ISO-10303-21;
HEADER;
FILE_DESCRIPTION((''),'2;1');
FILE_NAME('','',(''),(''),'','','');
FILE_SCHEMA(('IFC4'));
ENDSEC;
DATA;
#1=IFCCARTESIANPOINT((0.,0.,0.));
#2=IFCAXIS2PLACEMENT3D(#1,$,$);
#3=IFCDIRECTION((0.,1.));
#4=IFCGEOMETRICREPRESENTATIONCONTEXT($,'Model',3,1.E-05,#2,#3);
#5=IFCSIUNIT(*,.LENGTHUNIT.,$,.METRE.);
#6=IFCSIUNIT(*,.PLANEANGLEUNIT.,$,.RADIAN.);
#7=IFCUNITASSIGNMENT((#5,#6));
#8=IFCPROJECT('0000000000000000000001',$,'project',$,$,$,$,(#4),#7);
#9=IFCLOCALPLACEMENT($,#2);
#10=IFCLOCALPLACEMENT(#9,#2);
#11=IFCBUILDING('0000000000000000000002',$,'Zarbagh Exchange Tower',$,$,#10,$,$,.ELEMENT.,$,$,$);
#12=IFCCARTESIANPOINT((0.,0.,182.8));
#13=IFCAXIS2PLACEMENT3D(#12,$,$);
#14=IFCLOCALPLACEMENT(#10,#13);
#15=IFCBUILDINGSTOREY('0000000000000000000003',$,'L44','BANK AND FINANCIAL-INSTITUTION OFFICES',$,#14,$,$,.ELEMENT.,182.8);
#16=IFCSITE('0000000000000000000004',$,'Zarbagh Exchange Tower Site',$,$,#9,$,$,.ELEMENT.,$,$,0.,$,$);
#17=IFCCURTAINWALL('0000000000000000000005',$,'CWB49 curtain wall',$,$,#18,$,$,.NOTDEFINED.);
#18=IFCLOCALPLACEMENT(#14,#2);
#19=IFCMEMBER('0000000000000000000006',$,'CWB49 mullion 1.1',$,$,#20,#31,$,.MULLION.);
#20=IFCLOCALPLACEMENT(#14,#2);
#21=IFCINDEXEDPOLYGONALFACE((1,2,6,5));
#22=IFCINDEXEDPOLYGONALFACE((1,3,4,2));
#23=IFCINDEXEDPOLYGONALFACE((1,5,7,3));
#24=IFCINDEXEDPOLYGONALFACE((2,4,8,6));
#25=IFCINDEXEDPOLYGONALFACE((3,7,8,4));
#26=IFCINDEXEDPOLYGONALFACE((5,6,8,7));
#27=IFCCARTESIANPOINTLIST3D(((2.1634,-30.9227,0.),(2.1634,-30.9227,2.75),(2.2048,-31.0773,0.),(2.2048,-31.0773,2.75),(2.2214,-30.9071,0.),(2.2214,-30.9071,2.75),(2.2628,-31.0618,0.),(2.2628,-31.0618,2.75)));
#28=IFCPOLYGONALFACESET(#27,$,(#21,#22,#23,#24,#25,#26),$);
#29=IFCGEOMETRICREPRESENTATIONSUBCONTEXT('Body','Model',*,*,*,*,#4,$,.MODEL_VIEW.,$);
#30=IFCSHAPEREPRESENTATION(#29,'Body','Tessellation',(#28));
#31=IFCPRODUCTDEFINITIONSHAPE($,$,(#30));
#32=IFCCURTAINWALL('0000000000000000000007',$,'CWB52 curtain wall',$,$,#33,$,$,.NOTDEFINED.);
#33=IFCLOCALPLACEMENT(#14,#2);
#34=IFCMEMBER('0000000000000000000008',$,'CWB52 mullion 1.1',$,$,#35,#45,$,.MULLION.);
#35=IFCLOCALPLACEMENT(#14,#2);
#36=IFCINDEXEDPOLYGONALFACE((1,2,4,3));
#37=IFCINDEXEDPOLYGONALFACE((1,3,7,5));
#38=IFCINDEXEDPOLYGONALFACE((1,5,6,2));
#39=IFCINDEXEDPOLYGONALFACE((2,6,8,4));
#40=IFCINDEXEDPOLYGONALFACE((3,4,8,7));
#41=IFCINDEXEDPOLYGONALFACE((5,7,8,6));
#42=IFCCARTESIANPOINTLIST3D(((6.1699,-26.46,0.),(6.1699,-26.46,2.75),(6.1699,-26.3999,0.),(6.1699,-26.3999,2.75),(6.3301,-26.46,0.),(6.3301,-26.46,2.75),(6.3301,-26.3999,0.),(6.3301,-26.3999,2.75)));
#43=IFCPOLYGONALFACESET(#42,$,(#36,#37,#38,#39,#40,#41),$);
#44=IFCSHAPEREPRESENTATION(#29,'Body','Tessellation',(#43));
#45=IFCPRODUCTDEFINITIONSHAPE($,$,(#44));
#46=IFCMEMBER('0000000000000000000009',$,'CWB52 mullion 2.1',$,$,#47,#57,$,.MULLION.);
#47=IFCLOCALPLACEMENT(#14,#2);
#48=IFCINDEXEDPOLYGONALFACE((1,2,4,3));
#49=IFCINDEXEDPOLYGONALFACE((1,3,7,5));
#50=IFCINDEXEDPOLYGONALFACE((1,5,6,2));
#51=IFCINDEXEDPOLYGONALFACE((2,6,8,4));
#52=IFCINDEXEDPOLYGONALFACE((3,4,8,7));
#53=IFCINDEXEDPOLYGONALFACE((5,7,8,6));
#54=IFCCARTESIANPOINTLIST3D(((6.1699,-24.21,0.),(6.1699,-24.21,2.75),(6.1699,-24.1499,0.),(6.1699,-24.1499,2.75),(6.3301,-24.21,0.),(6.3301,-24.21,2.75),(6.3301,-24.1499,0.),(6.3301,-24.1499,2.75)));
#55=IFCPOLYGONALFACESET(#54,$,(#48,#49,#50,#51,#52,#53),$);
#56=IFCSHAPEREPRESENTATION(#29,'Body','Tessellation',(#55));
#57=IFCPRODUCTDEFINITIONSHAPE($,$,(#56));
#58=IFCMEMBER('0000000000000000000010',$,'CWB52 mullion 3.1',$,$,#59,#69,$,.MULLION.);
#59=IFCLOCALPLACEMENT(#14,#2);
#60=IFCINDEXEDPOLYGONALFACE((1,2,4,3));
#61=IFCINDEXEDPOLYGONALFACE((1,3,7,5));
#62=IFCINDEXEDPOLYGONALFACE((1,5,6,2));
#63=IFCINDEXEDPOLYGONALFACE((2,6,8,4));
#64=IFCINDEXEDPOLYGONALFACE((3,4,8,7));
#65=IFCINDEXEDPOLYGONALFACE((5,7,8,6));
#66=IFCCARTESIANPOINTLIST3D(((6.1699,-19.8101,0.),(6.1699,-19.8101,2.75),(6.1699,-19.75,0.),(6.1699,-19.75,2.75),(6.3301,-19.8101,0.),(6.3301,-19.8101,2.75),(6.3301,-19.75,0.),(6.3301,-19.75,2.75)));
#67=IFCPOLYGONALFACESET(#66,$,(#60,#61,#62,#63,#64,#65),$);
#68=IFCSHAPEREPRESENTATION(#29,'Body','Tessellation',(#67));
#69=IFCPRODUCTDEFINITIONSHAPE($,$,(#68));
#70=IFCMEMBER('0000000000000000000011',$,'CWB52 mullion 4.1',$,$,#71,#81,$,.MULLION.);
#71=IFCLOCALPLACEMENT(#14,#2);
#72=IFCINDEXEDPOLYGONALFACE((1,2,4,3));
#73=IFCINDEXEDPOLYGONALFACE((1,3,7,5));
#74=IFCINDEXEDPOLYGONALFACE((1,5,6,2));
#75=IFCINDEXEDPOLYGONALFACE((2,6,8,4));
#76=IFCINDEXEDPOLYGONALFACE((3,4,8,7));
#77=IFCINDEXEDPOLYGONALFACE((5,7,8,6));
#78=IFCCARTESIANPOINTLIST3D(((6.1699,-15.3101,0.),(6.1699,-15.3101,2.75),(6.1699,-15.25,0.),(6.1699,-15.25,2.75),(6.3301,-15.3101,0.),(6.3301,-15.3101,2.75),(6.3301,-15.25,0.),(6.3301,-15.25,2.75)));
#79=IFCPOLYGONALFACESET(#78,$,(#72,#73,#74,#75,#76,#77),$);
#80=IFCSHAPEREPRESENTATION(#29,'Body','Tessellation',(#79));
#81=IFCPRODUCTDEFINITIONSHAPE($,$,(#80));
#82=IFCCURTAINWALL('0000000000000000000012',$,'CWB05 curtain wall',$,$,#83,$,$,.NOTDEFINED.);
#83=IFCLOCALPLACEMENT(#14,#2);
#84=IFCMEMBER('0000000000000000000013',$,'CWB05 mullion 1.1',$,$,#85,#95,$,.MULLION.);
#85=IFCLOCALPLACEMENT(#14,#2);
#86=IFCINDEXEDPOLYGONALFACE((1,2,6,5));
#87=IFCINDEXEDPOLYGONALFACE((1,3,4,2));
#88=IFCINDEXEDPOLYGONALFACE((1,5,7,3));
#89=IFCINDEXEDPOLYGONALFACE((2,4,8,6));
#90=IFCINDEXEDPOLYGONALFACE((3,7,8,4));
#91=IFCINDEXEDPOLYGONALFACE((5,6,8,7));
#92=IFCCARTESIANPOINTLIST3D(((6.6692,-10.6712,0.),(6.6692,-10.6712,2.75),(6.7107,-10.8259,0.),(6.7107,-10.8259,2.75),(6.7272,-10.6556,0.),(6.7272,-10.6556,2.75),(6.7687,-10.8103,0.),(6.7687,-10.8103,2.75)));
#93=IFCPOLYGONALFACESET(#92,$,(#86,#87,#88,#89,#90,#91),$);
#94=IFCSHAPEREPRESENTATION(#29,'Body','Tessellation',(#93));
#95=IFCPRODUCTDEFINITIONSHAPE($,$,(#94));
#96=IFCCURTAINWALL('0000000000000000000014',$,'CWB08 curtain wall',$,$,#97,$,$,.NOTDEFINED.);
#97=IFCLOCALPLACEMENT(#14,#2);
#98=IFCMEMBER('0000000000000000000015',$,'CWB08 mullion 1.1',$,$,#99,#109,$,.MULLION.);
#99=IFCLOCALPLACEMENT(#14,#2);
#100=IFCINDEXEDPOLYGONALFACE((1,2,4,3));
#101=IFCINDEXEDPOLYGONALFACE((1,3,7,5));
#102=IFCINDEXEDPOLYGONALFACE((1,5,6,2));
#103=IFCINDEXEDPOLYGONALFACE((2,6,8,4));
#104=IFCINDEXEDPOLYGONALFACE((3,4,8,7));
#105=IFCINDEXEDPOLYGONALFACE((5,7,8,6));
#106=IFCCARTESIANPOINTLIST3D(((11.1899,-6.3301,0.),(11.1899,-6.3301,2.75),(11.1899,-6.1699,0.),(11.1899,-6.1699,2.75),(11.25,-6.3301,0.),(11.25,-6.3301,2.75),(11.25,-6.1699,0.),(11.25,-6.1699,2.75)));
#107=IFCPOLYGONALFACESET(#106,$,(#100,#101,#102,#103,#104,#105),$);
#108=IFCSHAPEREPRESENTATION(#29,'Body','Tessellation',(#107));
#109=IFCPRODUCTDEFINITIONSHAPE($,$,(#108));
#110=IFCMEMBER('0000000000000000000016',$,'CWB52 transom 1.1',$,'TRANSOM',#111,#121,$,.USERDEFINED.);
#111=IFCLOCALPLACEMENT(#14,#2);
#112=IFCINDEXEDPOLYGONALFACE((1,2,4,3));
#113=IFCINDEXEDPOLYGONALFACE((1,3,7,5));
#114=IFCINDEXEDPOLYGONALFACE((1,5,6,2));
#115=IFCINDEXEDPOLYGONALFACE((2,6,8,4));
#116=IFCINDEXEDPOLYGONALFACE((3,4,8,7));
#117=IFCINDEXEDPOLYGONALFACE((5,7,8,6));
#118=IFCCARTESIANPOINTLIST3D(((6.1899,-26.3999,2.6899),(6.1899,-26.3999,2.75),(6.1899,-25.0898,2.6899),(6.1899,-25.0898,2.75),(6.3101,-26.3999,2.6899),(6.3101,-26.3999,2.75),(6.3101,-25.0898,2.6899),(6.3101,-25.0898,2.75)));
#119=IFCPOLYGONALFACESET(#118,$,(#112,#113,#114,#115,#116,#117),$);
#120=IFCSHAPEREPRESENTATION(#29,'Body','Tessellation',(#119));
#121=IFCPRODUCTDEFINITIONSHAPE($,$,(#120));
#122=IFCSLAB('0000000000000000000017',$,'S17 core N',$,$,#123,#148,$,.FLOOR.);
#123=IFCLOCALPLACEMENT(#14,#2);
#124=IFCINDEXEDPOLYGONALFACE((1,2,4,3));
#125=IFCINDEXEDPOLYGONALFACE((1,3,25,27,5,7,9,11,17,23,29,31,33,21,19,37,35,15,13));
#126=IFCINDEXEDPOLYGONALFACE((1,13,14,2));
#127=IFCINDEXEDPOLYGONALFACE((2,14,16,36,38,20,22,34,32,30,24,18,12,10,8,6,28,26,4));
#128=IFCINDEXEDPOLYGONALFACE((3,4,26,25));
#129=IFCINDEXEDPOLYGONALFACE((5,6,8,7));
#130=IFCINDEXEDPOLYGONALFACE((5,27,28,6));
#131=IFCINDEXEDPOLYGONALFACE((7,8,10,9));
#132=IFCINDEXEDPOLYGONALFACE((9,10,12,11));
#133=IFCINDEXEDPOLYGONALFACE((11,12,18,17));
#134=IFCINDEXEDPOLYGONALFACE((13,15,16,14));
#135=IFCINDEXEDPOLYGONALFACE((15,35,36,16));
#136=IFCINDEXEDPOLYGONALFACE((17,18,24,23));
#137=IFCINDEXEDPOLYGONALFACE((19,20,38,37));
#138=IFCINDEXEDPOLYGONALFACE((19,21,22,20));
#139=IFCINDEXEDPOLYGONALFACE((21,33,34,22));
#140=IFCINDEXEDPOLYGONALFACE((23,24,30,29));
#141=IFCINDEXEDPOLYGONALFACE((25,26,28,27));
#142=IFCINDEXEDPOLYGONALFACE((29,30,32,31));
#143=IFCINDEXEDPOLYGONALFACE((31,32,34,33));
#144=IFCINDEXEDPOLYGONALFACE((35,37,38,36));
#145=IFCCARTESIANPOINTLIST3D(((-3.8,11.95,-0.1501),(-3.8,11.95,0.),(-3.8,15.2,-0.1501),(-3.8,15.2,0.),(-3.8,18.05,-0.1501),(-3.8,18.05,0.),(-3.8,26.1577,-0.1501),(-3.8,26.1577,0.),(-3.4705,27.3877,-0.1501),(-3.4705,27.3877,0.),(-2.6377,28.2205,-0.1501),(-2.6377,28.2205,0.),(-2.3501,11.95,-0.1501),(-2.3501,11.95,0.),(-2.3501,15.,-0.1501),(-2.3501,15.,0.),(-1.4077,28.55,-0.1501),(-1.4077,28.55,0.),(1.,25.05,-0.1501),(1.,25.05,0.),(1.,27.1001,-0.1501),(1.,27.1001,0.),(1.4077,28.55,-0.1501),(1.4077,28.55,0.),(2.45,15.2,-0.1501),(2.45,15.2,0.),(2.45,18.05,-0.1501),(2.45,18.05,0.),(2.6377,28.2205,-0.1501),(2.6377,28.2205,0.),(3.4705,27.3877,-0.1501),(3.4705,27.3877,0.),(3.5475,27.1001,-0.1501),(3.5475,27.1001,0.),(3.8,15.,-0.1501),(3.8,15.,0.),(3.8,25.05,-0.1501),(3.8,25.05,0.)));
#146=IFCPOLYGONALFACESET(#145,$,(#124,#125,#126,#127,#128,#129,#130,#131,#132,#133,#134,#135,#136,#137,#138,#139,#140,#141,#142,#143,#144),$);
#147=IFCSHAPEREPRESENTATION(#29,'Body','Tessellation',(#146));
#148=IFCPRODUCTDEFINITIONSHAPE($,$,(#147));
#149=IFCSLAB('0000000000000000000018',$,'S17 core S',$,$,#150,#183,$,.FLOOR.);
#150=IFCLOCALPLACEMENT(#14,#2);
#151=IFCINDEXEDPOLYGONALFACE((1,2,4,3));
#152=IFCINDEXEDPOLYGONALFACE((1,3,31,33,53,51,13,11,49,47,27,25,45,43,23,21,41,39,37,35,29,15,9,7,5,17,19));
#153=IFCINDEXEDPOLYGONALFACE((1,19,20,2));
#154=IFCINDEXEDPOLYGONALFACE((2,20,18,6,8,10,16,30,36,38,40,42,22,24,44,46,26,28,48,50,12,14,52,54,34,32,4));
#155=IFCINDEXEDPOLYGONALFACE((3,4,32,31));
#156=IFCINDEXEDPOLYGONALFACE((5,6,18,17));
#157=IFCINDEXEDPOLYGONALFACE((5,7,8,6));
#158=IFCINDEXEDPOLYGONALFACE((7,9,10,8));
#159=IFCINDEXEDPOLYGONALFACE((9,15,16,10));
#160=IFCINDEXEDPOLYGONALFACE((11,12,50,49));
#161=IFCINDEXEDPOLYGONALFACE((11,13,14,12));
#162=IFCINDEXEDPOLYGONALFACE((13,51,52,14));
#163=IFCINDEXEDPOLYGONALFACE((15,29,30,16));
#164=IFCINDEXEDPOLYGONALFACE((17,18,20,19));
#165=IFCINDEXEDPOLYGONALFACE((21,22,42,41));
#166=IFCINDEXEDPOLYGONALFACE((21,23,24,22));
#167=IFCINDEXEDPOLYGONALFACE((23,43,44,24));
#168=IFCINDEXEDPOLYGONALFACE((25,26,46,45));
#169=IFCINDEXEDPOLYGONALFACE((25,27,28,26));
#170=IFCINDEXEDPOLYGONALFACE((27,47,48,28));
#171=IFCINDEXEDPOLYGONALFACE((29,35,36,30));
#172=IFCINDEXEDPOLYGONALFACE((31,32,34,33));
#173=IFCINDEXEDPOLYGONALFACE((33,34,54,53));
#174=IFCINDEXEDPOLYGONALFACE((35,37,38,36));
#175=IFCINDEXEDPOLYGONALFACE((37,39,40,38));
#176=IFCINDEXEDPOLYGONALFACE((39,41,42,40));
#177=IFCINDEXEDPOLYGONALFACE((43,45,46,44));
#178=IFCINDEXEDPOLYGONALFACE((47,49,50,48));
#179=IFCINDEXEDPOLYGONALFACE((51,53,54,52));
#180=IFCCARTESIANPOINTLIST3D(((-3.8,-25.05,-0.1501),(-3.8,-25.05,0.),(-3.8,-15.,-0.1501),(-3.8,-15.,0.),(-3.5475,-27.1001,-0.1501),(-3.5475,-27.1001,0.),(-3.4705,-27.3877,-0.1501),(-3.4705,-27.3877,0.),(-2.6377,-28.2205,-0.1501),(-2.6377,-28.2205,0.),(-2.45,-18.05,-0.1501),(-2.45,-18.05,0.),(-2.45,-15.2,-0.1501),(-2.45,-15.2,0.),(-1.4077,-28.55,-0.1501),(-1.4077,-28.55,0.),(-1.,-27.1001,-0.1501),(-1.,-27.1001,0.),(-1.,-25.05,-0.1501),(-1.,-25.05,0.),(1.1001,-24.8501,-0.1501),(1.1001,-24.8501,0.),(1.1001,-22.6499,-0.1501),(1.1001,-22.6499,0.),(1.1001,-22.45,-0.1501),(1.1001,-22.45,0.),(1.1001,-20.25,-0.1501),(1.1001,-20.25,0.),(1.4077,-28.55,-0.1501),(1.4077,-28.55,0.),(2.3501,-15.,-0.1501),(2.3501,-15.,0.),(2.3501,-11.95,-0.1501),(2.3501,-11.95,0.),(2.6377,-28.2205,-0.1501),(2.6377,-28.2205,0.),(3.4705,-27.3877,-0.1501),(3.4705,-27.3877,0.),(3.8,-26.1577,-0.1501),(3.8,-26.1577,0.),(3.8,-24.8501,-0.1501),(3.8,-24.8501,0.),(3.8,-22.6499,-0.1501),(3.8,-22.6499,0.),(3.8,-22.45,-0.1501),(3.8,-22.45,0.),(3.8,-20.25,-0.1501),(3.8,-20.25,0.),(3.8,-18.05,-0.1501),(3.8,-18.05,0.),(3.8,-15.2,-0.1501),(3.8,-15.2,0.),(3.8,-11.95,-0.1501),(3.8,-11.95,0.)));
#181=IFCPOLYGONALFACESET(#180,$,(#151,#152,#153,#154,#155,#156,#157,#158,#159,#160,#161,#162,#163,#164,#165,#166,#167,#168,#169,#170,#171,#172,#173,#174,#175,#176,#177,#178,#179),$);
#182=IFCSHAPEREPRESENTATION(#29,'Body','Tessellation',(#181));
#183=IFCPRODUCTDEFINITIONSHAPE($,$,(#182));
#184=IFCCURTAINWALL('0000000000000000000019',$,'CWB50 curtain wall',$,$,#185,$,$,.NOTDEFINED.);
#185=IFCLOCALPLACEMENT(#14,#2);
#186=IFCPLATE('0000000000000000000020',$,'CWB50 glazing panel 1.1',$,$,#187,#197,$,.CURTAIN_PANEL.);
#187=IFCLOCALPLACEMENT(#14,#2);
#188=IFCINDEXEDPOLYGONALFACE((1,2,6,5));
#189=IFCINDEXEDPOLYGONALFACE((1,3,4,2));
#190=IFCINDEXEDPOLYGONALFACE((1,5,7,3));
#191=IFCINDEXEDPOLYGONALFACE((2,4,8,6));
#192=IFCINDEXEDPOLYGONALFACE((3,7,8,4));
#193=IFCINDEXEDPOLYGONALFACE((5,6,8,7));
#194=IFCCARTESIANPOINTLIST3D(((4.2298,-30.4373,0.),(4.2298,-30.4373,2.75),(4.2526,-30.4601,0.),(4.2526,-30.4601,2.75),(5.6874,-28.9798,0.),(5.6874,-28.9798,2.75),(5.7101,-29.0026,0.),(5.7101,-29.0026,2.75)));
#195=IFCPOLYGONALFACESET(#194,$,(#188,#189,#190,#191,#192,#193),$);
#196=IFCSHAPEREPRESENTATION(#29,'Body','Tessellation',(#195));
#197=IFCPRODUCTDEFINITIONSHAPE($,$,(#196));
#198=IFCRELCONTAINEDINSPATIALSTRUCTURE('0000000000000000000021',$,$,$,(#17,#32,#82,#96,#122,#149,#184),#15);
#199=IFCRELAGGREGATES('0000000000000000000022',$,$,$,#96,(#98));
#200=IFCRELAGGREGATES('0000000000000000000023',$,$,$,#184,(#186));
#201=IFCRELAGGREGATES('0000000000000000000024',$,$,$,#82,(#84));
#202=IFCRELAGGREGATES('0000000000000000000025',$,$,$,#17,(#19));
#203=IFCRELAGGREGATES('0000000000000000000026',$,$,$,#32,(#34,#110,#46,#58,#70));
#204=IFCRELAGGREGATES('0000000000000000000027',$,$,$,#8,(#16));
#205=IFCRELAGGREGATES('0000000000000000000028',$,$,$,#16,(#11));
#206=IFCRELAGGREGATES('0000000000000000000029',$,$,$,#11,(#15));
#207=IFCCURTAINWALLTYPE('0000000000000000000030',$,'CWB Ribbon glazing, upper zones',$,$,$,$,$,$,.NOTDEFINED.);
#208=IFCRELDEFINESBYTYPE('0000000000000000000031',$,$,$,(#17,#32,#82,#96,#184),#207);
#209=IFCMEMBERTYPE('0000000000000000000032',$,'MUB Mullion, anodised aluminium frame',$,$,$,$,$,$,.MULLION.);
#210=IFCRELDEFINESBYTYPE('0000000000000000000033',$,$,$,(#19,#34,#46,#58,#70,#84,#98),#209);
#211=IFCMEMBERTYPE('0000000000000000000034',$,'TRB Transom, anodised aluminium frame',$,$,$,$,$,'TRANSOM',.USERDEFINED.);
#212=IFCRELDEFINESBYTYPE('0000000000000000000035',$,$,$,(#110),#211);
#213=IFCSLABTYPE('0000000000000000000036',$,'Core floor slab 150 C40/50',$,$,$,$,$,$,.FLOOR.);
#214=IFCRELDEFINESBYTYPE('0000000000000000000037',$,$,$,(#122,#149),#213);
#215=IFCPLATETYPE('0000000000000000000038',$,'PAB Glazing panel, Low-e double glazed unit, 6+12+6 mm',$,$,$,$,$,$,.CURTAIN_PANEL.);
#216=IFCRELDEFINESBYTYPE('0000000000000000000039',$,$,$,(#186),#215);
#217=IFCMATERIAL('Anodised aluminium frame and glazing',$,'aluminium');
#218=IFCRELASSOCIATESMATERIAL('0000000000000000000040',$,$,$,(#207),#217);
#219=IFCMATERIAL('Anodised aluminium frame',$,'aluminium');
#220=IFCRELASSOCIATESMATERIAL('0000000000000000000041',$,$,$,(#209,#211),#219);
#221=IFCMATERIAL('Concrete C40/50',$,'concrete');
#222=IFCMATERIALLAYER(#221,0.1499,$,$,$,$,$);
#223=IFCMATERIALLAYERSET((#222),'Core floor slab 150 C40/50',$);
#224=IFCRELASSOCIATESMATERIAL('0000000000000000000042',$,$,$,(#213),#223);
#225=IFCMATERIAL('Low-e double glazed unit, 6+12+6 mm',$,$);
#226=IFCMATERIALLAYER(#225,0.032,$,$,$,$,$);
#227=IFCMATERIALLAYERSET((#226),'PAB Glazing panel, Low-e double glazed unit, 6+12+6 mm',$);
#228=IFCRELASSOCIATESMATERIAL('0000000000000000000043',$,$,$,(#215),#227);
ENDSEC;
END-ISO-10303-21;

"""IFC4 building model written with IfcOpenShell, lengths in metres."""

from ifc_helpers import new_model, si_unit, direction, frame, origin, place, context, subcontext, project, spatial, polyline, outline, extrude, source, transform, mapped, material, layer, layer_set, type_object, element, aggregate, save


model = new_model("IFC4")

# Units and contexts
model_context = context("Model", 3, precision=1e-05, world=origin(), true_north=direction((0.0, 1.0)))
body_context = subcontext(model_context, "Body", "Model", "MODEL_VIEW")
ifc_project = project(units=[si_unit("LENGTHUNIT", "METRE"), si_unit("PLANEANGLEUNIT", "RADIAN")], contexts=[model_context])

# Site, building, storey
site_placement = place(None, origin())
site = spatial("IfcSite", under=ifc_project, at=site_placement, Name="Zarbagh Exchange Tower Site", CompositionType="ELEMENT", RefElevation=0.0)
building_placement = place(site_placement, origin())
building = spatial("IfcBuilding", under=site, at=building_placement, Name="Zarbagh Exchange Tower", CompositionType="ELEMENT")
storey_placement = place(building_placement, frame((0.0, 0.0, 182.8)))
storey = spatial("IfcBuildingStorey", under=building, at=storey_placement, Name="L44", Description="BANK AND FINANCIAL-INSTITUTION OFFICES", CompositionType="ELEMENT", Elevation=182.8)

# Curtain wall, member
ifc_material_1 = material(Name="Anodised aluminium frame and glazing", Category="aluminium")
curtain_wall_type = type_object("IfcCurtainWallType", Name="CWB Ribbon glazing, upper zones", PredefinedType="NOTDEFINED", material=ifc_material_1)
curtain_wall_1_placement = place(storey_placement, origin())
curtain_wall_1 = element("IfcCurtainWall", 1, at=curtain_wall_1_placement, inside=storey, type_object=curtain_wall_type, Name="CWB49 curtain wall", PredefinedType="NOTDEFINED")
ifc_material_2 = material(Name="Anodised aluminium frame", Category="aluminium")
member_type_1 = type_object("IfcMemberType", Name="MUB Mullion, anodised aluminium frame", PredefinedType="MULLION", material=ifc_material_2)
shared_shape_1 = source(origin(), body_context, "Body", "SweptSolid", [
    extrude(outline(polyline([(0.0, -0.0801), (0.0601, -0.0801), (0.0601, 0.0801), (0.0, 0.0801), (0.0, -0.0801)])), origin(), (0.0, 0.0, 1.0), 2.75),
])
placement = place(storey_placement, origin())
member_1 = element("IfcMember", 2, at=placement, type_object=member_type_1, Name="CWB49 mullion 1.1", PredefinedType="MULLION", context=body_context, shape_type="MappedRepresentation", body=[
    mapped(shared_shape_1, transform((2.1841, -31.0, 0.0), x_axis=(0.965924, 0.258825, 0.0), y_axis=(-0.258825, 0.965924, 0.0), z_axis=(0.0, 0.0, 1.0))),
])

# Curtain wall, members
curtain_wall_2_placement = place(storey_placement, origin())
curtain_wall_2 = element("IfcCurtainWall", 3, at=curtain_wall_2_placement, inside=storey, type_object=curtain_wall_type, Name="CWB52 curtain wall", PredefinedType="NOTDEFINED")
member_2 = element("IfcMember", 4, at=placement, type_object=member_type_1, Name="CWB52 mullion 1.1", PredefinedType="MULLION", context=body_context, shape_type="MappedRepresentation", body=[
    mapped(shared_shape_1, transform((6.25, -26.46, 0.0), x_axis=(0.0, 1.0, 0.0), y_axis=(-1.0, 0.0, 0.0), z_axis=(0.0, 0.0, 1.0))),
])
member_3 = element("IfcMember", 5, at=placement, type_object=member_type_1, Name="CWB52 mullion 2.1", PredefinedType="MULLION", context=body_context, shape_type="MappedRepresentation", body=[
    mapped(shared_shape_1, transform((6.25, -24.21, 0.0), x_axis=(0.0, 1.0, 0.0), y_axis=(-1.0, 0.0, 0.0), z_axis=(0.0, 0.0, 1.0))),
])
member_4 = element("IfcMember", 6, at=placement, type_object=member_type_1, Name="CWB52 mullion 3.1", PredefinedType="MULLION", context=body_context, shape_type="MappedRepresentation", body=[
    mapped(shared_shape_1, transform((6.25, -19.8101, 0.0), x_axis=(0.0, 1.0, 0.0), y_axis=(-1.0, 0.0, 0.0), z_axis=(0.0, 0.0, 1.0))),
])
member_5 = element("IfcMember", 7, at=placement, type_object=member_type_1, Name="CWB52 mullion 4.1", PredefinedType="MULLION", context=body_context, shape_type="MappedRepresentation", body=[
    mapped(shared_shape_1, transform((6.25, -15.3101, 0.0), x_axis=(0.0, 1.0, 0.0), y_axis=(-1.0, 0.0, 0.0), z_axis=(0.0, 0.0, 1.0))),
])

# Curtain walls, members
curtain_wall_3_placement = place(storey_placement, origin())
curtain_wall_3 = element("IfcCurtainWall", 8, at=curtain_wall_3_placement, inside=storey, type_object=curtain_wall_type, Name="CWB05 curtain wall", PredefinedType="NOTDEFINED")
member_6 = element("IfcMember", 9, at=placement, type_object=member_type_1, Name="CWB05 mullion 1.1", PredefinedType="MULLION", context=body_context, shape_type="MappedRepresentation", body=[
    mapped(shared_shape_1, transform((6.6899, -10.7485, 0.0), x_axis=(0.965924, 0.258825, 0.0), y_axis=(-0.258825, 0.965924, 0.0), z_axis=(0.0, 0.0, 1.0))),
])
curtain_wall_4_placement = place(storey_placement, origin())
curtain_wall_4 = element("IfcCurtainWall", 10, at=curtain_wall_4_placement, inside=storey, type_object=curtain_wall_type, Name="CWB08 curtain wall", PredefinedType="NOTDEFINED")
member_7 = element("IfcMember", 11, at=placement, type_object=member_type_1, Name="CWB08 mullion 1.1", PredefinedType="MULLION", context=body_context, shape_type="MappedRepresentation", body=[
    mapped(shared_shape_1, transform((11.1899, -6.25, 0.0), x_axis=(1.0, 0.0, 0.0), y_axis=(0.0, 1.0, 0.0), z_axis=(0.0, 0.0, 1.0))),
])
aggregate(curtain_wall_4, [member_7])

# Member
member_type_2 = type_object("IfcMemberType", Name="TRB Transom, anodised aluminium frame", ElementType="TRANSOM", PredefinedType="USERDEFINED", material=ifc_material_2)
shared_shape_2 = source(origin(), body_context, "Body", "SweptSolid", [
    extrude(outline(polyline([(-0.0601, -0.0601), (0.0, -0.0601), (0.0, 0.0601), (-0.0601, 0.0601), (-0.0601, -0.0601)])), origin(), (0.0, 0.0, 1.0), 1.3101),
])
member_8 = element("IfcMember", 12, at=placement, type_object=member_type_2, Name="CWB52 transom 1.1", ObjectType="TRANSOM", PredefinedType="USERDEFINED", context=body_context, shape_type="MappedRepresentation", body=[
    mapped(shared_shape_2, transform((6.25, -26.3999, 2.75), x_axis=(0.0, 0.0, 1.0), y_axis=(1.0, 0.0, 0.0), z_axis=(0.0, 1.0, 0.0))),
])

# Slabs
ifc_material_3 = material(Name="Concrete C40/50", Category="concrete")
ifc_layer_1 = layer(ifc_material_3, 0.1499)
ifc_layer_set_1 = layer_set([ifc_layer_1], Name="Core floor slab 150 C40/50")
slab_type = type_object("IfcSlabType", Name="Core floor slab 150 C40/50", PredefinedType="FLOOR", material=ifc_layer_set_1)
slab_1_placement = place(storey_placement, frame((0.0, 0.0, -0.1501)))
element("IfcSlab", 13, at=slab_1_placement, inside=storey, type_object=slab_type, Name="S17 core N", PredefinedType="FLOOR", context=body_context, shape_type="SweptSolid", body=[
    extrude(outline(polyline([(-3.8, 11.95), (-3.8, 15.2), (2.45, 15.2), (2.45, 18.05), (-3.8, 18.05), (-3.8, 26.1577), (-3.4705, 27.3877), (-2.6377, 28.2205), (-1.4077, 28.55), (1.4077, 28.55), (2.6377, 28.2205), (3.4705, 27.3877), (3.8, 26.1577), (3.8, 26.1577), (3.5476, 27.1001), (1.0, 27.1001), (1.0, 25.05), (3.8, 25.05), (3.8, 15.0), (-2.3501, 15.0), (-2.3501, 11.95), (-3.8, 11.95)])), origin(), (0.0, 0.0, 1.0), 0.1501),
])
slab_2_placement = place(storey_placement, frame((0.0, 0.0, -0.1501)))
element("IfcSlab", 14, at=slab_2_placement, inside=storey, type_object=slab_type, Name="S17 core S", PredefinedType="FLOOR", context=body_context, shape_type="SweptSolid", body=[
    extrude(outline(polyline([(-2.6377, -28.2205), (-3.4705, -27.3877), (-3.8, -26.1577), (-3.8, -26.1577), (-3.5476, -27.1001), (-1.0, -27.1001), (-1.0, -25.05), (-3.8, -25.05), (-3.8, -15.0), (2.3501, -15.0), (2.3501, -11.95), (3.8, -11.95), (3.8, -15.2), (-2.45, -15.2), (-2.45, -18.05), (3.8, -18.05), (3.8, -20.25), (1.1001, -20.25), (1.1001, -22.45), (3.8, -22.45), (3.8, -22.6499), (1.1001, -22.6499), (1.1001, -24.8501), (3.8, -24.8501), (3.8, -26.1577), (3.4705, -27.3877), (2.6377, -28.2205), (1.4077, -28.55), (-1.4077, -28.55), (-2.6377, -28.2205)])), origin(), (0.0, 0.0, 1.0), 0.1501),
])

# Curtain wall, plate
curtain_wall_5_placement = place(storey_placement, origin())
curtain_wall_5 = element("IfcCurtainWall", 15, at=curtain_wall_5_placement, inside=storey, type_object=curtain_wall_type, Name="CWB50 curtain wall", PredefinedType="NOTDEFINED")
ifc_material_4 = material(Name="Low-e double glazed unit, 6+12+6 mm")
ifc_layer_2 = layer(ifc_material_4, 0.032)
ifc_layer_set_2 = layer_set([ifc_layer_2], Name="PAB Glazing panel, Low-e double glazed unit, 6+12+6 mm")
plate_type = type_object("IfcPlateType", Name="PAB Glazing panel, Low-e double glazed unit, 6+12+6 mm", PredefinedType="CURTAIN_PANEL", material=ifc_layer_set_2)
shared_shape_3 = source(origin(), body_context, "Body", "SweptSolid", [
    extrude(outline(polyline([(0.0, -0.0161), (2.0613, -0.0161), (2.0613, 0.0161), (0.0, 0.0161), (0.0, -0.0161)])), origin(), (0.0, 0.0, 1.0), 2.75),
])
plate_1 = element("IfcPlate", 16, at=placement, type_object=plate_type, Name="CWB50 glazing panel 1.1", PredefinedType="CURTAIN_PANEL", context=body_context, shape_type="MappedRepresentation", body=[
    mapped(shared_shape_3, transform((4.2412, -30.4487, 0.0), x_axis=(0.707107, 0.707107, 0.0), y_axis=(-0.707107, 0.707107, 0.0), z_axis=(0.0, 0.0, 1.0))),
])
aggregate(curtain_wall_5, [plate_1])

aggregate(curtain_wall_3, [member_6])

aggregate(curtain_wall_1, [member_1])

aggregate(curtain_wall_2, [member_2, member_8, member_3, member_4, member_5])

save(model, "model.ifc")
